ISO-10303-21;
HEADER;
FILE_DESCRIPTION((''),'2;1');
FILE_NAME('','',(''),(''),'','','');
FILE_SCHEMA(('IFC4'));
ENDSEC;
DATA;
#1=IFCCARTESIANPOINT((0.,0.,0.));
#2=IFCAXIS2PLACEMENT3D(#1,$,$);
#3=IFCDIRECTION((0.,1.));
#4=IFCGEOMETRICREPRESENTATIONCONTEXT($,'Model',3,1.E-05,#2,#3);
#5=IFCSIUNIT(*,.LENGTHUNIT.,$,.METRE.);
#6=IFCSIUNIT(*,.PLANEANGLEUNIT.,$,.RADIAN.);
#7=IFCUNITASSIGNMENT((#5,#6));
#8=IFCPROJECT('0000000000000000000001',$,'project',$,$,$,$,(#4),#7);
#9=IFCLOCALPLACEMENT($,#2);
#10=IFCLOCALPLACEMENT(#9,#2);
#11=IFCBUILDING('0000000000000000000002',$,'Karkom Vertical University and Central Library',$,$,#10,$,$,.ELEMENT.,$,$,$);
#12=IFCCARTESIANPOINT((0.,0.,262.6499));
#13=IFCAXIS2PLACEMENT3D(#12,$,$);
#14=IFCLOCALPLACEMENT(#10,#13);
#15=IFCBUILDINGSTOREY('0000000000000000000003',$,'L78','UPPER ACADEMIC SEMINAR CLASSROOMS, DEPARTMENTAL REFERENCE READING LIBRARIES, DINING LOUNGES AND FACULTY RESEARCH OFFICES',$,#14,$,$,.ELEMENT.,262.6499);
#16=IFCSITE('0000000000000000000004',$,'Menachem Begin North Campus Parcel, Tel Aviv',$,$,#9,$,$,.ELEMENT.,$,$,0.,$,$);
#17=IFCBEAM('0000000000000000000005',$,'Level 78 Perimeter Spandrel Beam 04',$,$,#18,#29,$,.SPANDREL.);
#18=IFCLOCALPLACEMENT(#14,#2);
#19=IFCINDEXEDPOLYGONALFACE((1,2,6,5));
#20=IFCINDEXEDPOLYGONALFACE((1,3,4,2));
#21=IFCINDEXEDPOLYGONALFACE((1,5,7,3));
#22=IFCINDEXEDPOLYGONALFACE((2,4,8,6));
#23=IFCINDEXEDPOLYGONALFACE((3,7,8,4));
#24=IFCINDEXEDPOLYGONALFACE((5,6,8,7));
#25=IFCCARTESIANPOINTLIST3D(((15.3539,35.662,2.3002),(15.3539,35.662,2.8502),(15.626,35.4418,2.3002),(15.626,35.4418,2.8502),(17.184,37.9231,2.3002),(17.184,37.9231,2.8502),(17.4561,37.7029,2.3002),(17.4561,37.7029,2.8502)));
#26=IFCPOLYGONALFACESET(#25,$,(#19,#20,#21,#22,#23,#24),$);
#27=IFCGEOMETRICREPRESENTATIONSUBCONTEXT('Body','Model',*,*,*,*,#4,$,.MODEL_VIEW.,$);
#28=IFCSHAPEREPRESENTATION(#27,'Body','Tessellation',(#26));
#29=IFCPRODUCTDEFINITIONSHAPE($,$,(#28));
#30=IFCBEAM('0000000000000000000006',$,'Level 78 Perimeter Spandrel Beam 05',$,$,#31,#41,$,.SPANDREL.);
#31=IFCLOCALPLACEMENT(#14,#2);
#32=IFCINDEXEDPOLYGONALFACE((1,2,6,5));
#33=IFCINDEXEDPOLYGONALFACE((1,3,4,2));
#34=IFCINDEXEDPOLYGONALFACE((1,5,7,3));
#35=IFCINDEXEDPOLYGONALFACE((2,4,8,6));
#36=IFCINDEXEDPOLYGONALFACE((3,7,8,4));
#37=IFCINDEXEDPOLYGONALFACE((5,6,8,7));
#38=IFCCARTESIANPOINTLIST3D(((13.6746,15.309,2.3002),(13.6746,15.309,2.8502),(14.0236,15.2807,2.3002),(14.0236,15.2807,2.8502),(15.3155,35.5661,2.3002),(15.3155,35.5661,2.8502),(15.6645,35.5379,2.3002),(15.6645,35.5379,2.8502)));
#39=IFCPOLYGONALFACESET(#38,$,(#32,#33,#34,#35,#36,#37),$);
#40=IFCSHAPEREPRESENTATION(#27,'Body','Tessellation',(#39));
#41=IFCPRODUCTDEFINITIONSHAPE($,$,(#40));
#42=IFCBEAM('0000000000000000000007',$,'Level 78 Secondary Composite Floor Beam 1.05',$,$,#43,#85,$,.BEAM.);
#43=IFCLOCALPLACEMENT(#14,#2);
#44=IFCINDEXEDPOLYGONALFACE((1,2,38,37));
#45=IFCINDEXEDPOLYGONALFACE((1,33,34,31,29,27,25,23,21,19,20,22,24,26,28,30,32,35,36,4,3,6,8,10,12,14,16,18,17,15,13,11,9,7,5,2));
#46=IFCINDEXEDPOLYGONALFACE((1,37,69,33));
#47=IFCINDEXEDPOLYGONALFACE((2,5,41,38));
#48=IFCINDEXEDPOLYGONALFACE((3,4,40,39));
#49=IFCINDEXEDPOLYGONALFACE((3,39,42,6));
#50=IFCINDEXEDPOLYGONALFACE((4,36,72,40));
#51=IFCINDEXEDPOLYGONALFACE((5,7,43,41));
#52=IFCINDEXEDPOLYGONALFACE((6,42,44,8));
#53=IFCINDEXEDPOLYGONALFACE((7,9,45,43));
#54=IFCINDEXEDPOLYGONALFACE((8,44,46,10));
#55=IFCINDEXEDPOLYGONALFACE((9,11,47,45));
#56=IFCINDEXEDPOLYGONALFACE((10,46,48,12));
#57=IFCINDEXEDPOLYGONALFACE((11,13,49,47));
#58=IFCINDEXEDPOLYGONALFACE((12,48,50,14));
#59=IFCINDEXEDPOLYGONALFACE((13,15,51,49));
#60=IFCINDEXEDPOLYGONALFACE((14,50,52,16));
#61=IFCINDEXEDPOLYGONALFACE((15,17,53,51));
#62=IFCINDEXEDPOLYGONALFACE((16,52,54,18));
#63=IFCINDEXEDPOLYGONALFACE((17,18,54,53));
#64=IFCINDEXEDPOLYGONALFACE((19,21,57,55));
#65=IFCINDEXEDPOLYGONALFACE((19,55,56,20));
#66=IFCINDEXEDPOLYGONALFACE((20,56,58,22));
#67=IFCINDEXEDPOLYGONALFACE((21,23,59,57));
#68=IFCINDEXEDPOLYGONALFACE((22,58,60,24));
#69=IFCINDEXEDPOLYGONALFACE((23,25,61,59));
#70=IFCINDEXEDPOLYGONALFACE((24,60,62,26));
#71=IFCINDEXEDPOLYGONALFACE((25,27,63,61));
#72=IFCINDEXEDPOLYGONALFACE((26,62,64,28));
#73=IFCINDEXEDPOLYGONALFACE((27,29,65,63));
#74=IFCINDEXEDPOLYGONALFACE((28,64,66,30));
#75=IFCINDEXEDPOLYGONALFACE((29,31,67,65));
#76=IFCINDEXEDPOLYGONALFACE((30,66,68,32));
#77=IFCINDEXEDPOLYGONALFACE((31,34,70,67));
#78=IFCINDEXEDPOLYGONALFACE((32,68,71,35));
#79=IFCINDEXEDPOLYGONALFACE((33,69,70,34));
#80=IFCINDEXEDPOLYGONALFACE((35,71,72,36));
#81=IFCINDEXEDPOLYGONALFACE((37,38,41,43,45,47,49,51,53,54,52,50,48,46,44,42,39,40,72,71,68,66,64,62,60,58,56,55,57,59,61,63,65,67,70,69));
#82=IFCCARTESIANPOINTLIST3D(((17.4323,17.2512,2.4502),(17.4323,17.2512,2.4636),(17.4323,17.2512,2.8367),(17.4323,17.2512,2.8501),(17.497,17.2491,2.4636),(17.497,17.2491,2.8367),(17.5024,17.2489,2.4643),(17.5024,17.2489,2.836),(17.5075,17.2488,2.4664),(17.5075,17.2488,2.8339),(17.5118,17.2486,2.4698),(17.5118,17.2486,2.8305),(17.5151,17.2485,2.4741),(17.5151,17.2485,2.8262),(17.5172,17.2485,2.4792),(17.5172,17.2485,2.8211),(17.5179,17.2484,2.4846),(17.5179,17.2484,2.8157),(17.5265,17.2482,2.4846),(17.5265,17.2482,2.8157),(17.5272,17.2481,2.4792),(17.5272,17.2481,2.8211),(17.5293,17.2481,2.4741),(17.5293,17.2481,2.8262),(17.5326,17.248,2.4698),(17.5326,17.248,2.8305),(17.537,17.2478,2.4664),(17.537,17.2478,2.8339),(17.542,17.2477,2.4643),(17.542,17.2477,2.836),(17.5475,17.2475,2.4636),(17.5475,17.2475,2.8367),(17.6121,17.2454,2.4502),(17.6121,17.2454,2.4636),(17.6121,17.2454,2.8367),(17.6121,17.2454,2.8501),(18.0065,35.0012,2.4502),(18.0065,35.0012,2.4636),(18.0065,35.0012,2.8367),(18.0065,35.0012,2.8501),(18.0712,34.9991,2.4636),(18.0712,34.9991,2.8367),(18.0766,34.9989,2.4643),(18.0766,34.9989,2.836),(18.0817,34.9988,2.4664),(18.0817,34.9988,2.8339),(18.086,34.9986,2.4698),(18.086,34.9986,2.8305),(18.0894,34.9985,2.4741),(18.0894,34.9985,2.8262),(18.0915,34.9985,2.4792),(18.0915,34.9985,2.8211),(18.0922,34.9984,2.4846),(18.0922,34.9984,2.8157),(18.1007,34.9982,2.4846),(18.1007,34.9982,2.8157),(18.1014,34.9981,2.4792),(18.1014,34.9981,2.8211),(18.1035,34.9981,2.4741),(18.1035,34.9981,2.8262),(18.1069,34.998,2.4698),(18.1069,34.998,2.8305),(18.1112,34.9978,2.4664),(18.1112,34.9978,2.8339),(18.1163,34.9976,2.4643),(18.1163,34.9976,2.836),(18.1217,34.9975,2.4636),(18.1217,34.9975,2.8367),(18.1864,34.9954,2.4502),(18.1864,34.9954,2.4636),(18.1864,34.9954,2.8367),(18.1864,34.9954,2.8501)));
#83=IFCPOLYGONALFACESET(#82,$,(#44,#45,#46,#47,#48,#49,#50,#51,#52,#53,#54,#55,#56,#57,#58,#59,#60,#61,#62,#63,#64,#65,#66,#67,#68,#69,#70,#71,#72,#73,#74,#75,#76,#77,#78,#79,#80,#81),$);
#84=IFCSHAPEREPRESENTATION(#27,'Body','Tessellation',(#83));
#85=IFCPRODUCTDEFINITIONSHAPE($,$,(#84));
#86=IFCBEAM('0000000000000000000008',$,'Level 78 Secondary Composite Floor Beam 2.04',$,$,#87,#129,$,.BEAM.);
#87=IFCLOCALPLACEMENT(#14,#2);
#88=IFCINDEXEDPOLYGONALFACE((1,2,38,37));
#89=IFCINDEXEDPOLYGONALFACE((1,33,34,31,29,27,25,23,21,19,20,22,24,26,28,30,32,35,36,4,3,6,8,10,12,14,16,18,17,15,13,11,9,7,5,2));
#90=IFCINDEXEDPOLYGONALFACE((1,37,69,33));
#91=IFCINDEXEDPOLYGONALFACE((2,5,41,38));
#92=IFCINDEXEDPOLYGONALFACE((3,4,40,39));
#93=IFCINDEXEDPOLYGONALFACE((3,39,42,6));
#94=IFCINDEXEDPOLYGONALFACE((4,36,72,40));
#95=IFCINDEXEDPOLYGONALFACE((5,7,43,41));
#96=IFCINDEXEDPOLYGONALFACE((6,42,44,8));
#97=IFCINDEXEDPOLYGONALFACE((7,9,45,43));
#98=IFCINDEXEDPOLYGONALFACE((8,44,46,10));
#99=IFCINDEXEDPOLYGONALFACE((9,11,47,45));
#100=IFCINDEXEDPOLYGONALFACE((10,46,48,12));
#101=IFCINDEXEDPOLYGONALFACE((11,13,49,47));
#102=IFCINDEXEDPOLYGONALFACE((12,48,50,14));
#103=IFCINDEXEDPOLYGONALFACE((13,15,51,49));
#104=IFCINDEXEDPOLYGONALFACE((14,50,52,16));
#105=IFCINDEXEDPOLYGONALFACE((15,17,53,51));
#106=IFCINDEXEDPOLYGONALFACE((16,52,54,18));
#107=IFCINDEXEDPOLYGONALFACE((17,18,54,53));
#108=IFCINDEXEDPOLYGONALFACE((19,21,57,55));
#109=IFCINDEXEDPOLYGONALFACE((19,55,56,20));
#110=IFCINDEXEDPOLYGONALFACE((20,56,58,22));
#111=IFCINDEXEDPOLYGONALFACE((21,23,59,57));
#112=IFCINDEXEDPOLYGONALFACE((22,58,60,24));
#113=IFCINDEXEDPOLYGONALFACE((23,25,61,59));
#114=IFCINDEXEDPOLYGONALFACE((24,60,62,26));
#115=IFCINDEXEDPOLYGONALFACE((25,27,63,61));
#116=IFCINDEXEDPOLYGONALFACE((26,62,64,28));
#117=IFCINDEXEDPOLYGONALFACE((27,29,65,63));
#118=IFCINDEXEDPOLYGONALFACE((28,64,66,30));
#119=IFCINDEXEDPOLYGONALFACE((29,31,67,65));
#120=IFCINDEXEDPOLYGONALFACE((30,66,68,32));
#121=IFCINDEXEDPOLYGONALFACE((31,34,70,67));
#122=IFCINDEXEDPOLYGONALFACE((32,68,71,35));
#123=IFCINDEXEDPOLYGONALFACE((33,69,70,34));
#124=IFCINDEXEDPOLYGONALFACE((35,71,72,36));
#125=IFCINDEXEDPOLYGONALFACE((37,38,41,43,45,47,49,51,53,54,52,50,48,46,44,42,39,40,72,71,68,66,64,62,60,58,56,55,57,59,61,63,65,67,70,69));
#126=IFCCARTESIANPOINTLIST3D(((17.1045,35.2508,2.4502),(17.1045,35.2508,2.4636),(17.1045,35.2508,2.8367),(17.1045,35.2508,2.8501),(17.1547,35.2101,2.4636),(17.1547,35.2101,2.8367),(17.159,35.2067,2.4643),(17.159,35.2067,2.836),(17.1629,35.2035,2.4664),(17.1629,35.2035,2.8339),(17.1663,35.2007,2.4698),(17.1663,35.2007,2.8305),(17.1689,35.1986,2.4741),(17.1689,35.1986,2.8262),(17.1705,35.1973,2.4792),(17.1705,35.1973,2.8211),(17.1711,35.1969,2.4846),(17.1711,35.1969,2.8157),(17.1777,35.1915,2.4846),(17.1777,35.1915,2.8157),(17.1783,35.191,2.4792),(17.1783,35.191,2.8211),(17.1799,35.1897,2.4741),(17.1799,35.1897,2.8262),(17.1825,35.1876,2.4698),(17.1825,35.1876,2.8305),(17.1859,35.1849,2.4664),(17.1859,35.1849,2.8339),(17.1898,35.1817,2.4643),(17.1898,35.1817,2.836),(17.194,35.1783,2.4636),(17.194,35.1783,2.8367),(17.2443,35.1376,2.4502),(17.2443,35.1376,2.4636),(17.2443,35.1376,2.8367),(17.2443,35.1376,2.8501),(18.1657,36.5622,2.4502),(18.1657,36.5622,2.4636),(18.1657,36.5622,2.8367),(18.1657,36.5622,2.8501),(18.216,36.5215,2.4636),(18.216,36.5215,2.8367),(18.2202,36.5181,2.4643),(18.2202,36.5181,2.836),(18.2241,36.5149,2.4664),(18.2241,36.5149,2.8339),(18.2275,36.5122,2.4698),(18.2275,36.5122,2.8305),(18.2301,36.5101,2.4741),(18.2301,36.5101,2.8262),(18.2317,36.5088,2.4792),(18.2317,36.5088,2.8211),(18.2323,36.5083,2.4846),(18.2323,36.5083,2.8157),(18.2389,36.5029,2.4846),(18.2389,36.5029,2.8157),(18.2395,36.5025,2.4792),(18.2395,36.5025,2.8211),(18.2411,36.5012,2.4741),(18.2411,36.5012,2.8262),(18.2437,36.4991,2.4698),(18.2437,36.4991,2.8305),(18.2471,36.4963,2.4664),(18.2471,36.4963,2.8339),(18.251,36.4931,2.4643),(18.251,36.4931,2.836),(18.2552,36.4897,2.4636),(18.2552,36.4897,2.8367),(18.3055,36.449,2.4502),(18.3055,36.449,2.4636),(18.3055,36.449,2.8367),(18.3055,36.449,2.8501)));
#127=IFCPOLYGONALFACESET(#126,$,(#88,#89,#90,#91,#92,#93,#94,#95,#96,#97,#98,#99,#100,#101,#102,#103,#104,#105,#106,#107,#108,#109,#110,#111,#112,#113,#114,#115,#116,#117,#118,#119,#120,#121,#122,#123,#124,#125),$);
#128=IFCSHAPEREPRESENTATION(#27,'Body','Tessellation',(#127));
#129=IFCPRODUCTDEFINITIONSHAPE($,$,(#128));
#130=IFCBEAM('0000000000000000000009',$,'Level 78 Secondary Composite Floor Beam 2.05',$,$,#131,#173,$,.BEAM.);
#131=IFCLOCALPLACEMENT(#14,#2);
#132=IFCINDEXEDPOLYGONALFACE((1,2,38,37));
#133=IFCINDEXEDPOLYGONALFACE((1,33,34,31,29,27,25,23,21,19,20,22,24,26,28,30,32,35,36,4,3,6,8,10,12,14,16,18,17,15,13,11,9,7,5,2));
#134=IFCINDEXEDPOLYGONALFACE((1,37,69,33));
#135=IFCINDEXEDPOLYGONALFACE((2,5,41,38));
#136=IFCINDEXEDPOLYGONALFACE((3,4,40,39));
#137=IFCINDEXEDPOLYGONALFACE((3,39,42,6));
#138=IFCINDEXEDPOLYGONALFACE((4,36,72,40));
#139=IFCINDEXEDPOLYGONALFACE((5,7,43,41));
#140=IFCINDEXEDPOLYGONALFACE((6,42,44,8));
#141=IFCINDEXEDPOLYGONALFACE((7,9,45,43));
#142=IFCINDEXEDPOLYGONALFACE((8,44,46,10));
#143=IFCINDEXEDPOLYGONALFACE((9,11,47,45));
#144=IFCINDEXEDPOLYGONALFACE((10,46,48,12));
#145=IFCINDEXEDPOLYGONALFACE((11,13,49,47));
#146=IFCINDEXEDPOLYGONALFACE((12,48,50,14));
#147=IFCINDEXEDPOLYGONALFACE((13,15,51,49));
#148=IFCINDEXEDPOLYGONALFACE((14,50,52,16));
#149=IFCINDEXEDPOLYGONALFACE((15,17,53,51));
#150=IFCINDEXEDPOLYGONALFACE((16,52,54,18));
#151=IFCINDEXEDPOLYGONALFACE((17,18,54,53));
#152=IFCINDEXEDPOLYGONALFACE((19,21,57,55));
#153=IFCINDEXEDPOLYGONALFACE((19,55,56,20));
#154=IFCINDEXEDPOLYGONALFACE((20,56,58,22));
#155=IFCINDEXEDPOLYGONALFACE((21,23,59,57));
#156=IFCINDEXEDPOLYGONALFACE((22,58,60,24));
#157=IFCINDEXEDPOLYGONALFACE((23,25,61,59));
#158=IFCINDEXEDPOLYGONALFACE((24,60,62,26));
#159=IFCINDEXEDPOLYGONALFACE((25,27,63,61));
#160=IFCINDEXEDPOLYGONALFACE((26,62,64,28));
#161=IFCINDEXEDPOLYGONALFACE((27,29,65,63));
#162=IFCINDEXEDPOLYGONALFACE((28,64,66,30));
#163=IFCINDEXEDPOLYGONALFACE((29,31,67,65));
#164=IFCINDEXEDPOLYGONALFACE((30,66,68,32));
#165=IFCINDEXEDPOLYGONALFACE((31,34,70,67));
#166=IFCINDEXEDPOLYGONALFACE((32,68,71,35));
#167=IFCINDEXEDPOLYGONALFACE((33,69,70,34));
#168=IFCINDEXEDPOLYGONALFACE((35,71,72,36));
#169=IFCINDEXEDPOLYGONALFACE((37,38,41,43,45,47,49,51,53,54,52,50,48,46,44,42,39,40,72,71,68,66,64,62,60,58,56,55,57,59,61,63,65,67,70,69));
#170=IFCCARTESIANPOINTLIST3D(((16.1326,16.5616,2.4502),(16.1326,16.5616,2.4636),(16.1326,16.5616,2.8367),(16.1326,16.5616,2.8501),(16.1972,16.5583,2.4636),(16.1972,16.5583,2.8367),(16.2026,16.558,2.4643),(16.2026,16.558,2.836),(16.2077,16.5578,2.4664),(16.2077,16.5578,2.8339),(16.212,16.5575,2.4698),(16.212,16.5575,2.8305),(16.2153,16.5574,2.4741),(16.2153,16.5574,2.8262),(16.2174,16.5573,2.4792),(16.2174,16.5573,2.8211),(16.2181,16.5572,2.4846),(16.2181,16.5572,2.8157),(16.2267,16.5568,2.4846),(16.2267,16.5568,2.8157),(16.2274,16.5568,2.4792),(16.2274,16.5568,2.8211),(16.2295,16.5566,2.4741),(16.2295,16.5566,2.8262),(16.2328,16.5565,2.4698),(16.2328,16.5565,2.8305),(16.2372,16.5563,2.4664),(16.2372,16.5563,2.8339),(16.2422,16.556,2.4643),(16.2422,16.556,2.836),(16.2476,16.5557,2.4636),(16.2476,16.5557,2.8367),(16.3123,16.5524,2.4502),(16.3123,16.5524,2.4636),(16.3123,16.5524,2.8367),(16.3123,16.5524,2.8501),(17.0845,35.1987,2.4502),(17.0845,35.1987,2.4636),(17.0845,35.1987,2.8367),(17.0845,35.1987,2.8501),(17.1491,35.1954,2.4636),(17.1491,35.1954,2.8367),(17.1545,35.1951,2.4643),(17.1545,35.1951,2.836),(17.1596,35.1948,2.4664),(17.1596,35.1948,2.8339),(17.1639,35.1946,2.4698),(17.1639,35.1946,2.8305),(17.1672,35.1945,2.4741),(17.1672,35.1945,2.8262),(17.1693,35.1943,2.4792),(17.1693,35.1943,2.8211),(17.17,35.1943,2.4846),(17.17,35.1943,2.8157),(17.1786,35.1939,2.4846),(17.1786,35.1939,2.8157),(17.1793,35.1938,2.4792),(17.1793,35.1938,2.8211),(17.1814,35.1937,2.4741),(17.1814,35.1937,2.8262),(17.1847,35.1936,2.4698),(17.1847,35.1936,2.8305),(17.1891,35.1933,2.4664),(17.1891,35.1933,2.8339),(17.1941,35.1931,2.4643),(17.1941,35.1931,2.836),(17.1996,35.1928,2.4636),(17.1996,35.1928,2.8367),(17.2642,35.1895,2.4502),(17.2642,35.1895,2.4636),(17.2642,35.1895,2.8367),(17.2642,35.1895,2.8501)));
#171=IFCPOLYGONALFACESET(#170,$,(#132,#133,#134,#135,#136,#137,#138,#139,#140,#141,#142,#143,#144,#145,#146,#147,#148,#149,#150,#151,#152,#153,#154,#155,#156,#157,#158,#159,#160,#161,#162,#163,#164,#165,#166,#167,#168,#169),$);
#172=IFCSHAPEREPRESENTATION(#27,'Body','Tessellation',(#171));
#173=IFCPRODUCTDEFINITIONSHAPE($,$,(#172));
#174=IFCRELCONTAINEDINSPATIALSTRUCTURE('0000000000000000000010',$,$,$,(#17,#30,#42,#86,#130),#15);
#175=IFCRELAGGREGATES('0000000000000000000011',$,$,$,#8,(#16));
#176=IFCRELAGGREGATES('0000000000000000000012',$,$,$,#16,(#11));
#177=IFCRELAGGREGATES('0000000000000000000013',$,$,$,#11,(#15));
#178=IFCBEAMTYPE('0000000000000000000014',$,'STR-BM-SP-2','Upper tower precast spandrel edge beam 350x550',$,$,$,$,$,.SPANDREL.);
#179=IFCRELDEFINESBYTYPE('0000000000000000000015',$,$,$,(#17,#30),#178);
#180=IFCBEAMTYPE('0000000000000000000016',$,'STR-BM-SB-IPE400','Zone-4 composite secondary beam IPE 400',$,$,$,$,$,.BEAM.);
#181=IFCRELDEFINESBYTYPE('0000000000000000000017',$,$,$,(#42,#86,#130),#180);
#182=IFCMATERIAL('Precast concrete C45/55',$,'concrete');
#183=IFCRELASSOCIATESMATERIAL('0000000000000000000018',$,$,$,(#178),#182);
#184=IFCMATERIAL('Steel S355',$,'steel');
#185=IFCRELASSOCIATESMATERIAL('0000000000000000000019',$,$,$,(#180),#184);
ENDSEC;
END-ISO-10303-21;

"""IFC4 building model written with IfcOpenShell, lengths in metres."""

from ifc_helpers import new_model, si_unit, direction, frame, origin, origin_with_axes, origin_2d, place, context, subcontext, project, spatial, rectangle, i_section, extrude, source, transform, mapped, material, material_profile, profile_set, type_object, element, save


model = new_model("IFC4")

# Units and contexts
model_context = context("Model", 3, precision=1e-05, world=origin(), true_north=direction((0.0, 1.0)))
body_context = subcontext(model_context, "Body", "Model", "MODEL_VIEW")
ifc_project = project(units=[si_unit("LENGTHUNIT", "METRE"), si_unit("PLANEANGLEUNIT", "RADIAN")], contexts=[model_context])

# Site, building, storey
site_placement = place(None, origin())
site = spatial("IfcSite", under=ifc_project, at=site_placement, Name="Menachem Begin North Campus Parcel, Tel Aviv", CompositionType="ELEMENT", RefElevation=0.0)
building_placement = place(site_placement, origin())
building = spatial("IfcBuilding", under=site, at=building_placement, Name="Karkom Vertical University and Central Library", CompositionType="ELEMENT")
storey_placement = place(building_placement, frame((0.0, 0.0, 262.6499)))
storey = spatial("IfcBuildingStorey", under=building, at=storey_placement, Name="L78", Description="UPPER ACADEMIC SEMINAR CLASSROOMS, DEPARTMENTAL REFERENCE READING LIBRARIES, DINING LOUNGES AND FACULTY RESEARCH OFFICES", CompositionType="ELEMENT", Elevation=262.6499)

# Beams
ifc_material_1 = material(Name="Precast concrete C45/55", Category="concrete")
ifc_material_profile_1 = material_profile(ifc_material_1, rectangle(XDim=0.3501, YDim=0.55, at=origin_2d()), Name="SPB-350x550")
ifc_profile_set_1 = profile_set([ifc_material_profile_1], Name="Precast concrete C45/55")
beam_type_1 = type_object("IfcBeamType", Name="STR-BM-SP-2", Description="Upper tower precast spandrel edge beam 350x550", PredefinedType="SPANDREL", material=ifc_profile_set_1)
shared_shape_1 = source(origin_with_axes(), body_context, "Body", "SweptSolid", [
    extrude(rectangle(XDim=0.3501, YDim=0.55, at=origin_2d()), origin(), (0.0, 0.0, 1.0), 2.9089),
])
beam_1_placement = place(storey_placement, frame((17.3201, 37.813, 2.5752), z_axis=(-0.629148, -0.777286, 0.0), x_axis=(0.777286, -0.629148, 0.0)))
element("IfcBeam", 1, at=beam_1_placement, inside=storey, type_object=beam_type_1, Name="Level 78 Perimeter Spandrel Beam 04", PredefinedType="SPANDREL", context=body_context, shape_type="MappedRepresentation", body=[
    mapped(shared_shape_1, transform((0.0, 0.0, 0.0), scale=1.0)),
])
shared_shape_2 = source(origin_with_axes(), body_context, "Body", "SweptSolid", [
    extrude(rectangle(XDim=0.3501, YDim=0.55, at=origin_2d()), origin(), (0.0, 0.0, 1.0), 20.3235),
])
beam_2_placement = place(storey_placement, frame((15.49, 35.552, 2.5752), z_axis=(-0.080738, -0.996735, 0.0), x_axis=(0.996735, -0.080738, 0.0)))
element("IfcBeam", 2, at=beam_2_placement, inside=storey, type_object=beam_type_1, Name="Level 78 Perimeter Spandrel Beam 05", PredefinedType="SPANDREL", context=body_context, shape_type="MappedRepresentation", body=[
    mapped(shared_shape_2, transform((0.0, 0.0, 0.0), scale=1.0)),
])
ifc_material_2 = material(Name="Steel S355", Category="steel")
ifc_material_profile_2 = material_profile(ifc_material_2, i_section(OverallWidth=0.1799, OverallDepth=0.3999, WebThickness=0.0085, FlangeThickness=0.0134, FilletRadius=0.021, at=origin_2d()), Name="IPE 400")
ifc_profile_set_2 = profile_set([ifc_material_profile_2], Name="Steel S355")
beam_type_2 = type_object("IfcBeamType", Name="STR-BM-SB-IPE400", Description="Zone-4 composite secondary beam IPE 400", PredefinedType="BEAM", material=ifc_profile_set_2)
shared_shape_3 = source(origin_with_axes(), body_context, "Body", "SweptSolid", [
    extrude(i_section(OverallWidth=0.1799, OverallDepth=0.3999, WebThickness=0.0085, FlangeThickness=0.0134, FilletRadius=0.021, at=origin_2d()), origin(), (0.0, 0.0, 1.0), 17.7593),
])
beam_3_placement = place(storey_placement, frame((18.0964, 34.9983, 2.6501), z_axis=(-0.032333, -0.999477, 0.0), x_axis=(0.999477, -0.032333, 0.0)))
element("IfcBeam", 3, at=beam_3_placement, inside=storey, type_object=beam_type_2, Name="Level 78 Secondary Composite Floor Beam 1.05", PredefinedType="BEAM", context=body_context, shape_type="MappedRepresentation", body=[
    mapped(shared_shape_3, transform((0.0, 0.0, 0.0), scale=1.0)),
])
shared_shape_4 = source(origin_with_axes(), body_context, "Body", "SweptSolid", [
    extrude(i_section(OverallWidth=0.1799, OverallDepth=0.3999, WebThickness=0.0085, FlangeThickness=0.0134, FilletRadius=0.021, at=origin_2d()), origin(), (0.0, 0.0, 1.0), 1.687),
])
beam_4_placement = place(storey_placement, frame((18.2356, 36.5056, 2.6501), z_axis=(-0.629044, -0.77737, 0.0), x_axis=(0.77737, -0.629044, 0.0)))
element("IfcBeam", 4, at=beam_4_placement, inside=storey, type_object=beam_type_2, Name="Level 78 Secondary Composite Floor Beam 2.04", PredefinedType="BEAM", context=body_context, shape_type="MappedRepresentation", body=[
    mapped(shared_shape_4, transform((0.0, 0.0, 0.0), scale=1.0)),
])
shared_shape_5 = source(origin_with_axes(), body_context, "Body", "SweptSolid", [
    extrude(i_section(OverallWidth=0.1799, OverallDepth=0.3999, WebThickness=0.0085, FlangeThickness=0.0134, FilletRadius=0.021, at=origin_2d()), origin(), (0.0, 0.0, 1.0), 18.6614),
])
beam_5_placement = place(storey_placement, frame((17.1743, 35.1941, 2.6501), z_axis=(-0.05101, -0.998698, 0.0), x_axis=(0.998698, -0.05101, 0.0)))
element("IfcBeam", 5, at=beam_5_placement, inside=storey, type_object=beam_type_2, Name="Level 78 Secondary Composite Floor Beam 2.05", PredefinedType="BEAM", context=body_context, shape_type="MappedRepresentation", body=[
    mapped(shared_shape_5, transform((0.0, 0.0, 0.0), scale=1.0)),
])

save(model, "model.ifc")
